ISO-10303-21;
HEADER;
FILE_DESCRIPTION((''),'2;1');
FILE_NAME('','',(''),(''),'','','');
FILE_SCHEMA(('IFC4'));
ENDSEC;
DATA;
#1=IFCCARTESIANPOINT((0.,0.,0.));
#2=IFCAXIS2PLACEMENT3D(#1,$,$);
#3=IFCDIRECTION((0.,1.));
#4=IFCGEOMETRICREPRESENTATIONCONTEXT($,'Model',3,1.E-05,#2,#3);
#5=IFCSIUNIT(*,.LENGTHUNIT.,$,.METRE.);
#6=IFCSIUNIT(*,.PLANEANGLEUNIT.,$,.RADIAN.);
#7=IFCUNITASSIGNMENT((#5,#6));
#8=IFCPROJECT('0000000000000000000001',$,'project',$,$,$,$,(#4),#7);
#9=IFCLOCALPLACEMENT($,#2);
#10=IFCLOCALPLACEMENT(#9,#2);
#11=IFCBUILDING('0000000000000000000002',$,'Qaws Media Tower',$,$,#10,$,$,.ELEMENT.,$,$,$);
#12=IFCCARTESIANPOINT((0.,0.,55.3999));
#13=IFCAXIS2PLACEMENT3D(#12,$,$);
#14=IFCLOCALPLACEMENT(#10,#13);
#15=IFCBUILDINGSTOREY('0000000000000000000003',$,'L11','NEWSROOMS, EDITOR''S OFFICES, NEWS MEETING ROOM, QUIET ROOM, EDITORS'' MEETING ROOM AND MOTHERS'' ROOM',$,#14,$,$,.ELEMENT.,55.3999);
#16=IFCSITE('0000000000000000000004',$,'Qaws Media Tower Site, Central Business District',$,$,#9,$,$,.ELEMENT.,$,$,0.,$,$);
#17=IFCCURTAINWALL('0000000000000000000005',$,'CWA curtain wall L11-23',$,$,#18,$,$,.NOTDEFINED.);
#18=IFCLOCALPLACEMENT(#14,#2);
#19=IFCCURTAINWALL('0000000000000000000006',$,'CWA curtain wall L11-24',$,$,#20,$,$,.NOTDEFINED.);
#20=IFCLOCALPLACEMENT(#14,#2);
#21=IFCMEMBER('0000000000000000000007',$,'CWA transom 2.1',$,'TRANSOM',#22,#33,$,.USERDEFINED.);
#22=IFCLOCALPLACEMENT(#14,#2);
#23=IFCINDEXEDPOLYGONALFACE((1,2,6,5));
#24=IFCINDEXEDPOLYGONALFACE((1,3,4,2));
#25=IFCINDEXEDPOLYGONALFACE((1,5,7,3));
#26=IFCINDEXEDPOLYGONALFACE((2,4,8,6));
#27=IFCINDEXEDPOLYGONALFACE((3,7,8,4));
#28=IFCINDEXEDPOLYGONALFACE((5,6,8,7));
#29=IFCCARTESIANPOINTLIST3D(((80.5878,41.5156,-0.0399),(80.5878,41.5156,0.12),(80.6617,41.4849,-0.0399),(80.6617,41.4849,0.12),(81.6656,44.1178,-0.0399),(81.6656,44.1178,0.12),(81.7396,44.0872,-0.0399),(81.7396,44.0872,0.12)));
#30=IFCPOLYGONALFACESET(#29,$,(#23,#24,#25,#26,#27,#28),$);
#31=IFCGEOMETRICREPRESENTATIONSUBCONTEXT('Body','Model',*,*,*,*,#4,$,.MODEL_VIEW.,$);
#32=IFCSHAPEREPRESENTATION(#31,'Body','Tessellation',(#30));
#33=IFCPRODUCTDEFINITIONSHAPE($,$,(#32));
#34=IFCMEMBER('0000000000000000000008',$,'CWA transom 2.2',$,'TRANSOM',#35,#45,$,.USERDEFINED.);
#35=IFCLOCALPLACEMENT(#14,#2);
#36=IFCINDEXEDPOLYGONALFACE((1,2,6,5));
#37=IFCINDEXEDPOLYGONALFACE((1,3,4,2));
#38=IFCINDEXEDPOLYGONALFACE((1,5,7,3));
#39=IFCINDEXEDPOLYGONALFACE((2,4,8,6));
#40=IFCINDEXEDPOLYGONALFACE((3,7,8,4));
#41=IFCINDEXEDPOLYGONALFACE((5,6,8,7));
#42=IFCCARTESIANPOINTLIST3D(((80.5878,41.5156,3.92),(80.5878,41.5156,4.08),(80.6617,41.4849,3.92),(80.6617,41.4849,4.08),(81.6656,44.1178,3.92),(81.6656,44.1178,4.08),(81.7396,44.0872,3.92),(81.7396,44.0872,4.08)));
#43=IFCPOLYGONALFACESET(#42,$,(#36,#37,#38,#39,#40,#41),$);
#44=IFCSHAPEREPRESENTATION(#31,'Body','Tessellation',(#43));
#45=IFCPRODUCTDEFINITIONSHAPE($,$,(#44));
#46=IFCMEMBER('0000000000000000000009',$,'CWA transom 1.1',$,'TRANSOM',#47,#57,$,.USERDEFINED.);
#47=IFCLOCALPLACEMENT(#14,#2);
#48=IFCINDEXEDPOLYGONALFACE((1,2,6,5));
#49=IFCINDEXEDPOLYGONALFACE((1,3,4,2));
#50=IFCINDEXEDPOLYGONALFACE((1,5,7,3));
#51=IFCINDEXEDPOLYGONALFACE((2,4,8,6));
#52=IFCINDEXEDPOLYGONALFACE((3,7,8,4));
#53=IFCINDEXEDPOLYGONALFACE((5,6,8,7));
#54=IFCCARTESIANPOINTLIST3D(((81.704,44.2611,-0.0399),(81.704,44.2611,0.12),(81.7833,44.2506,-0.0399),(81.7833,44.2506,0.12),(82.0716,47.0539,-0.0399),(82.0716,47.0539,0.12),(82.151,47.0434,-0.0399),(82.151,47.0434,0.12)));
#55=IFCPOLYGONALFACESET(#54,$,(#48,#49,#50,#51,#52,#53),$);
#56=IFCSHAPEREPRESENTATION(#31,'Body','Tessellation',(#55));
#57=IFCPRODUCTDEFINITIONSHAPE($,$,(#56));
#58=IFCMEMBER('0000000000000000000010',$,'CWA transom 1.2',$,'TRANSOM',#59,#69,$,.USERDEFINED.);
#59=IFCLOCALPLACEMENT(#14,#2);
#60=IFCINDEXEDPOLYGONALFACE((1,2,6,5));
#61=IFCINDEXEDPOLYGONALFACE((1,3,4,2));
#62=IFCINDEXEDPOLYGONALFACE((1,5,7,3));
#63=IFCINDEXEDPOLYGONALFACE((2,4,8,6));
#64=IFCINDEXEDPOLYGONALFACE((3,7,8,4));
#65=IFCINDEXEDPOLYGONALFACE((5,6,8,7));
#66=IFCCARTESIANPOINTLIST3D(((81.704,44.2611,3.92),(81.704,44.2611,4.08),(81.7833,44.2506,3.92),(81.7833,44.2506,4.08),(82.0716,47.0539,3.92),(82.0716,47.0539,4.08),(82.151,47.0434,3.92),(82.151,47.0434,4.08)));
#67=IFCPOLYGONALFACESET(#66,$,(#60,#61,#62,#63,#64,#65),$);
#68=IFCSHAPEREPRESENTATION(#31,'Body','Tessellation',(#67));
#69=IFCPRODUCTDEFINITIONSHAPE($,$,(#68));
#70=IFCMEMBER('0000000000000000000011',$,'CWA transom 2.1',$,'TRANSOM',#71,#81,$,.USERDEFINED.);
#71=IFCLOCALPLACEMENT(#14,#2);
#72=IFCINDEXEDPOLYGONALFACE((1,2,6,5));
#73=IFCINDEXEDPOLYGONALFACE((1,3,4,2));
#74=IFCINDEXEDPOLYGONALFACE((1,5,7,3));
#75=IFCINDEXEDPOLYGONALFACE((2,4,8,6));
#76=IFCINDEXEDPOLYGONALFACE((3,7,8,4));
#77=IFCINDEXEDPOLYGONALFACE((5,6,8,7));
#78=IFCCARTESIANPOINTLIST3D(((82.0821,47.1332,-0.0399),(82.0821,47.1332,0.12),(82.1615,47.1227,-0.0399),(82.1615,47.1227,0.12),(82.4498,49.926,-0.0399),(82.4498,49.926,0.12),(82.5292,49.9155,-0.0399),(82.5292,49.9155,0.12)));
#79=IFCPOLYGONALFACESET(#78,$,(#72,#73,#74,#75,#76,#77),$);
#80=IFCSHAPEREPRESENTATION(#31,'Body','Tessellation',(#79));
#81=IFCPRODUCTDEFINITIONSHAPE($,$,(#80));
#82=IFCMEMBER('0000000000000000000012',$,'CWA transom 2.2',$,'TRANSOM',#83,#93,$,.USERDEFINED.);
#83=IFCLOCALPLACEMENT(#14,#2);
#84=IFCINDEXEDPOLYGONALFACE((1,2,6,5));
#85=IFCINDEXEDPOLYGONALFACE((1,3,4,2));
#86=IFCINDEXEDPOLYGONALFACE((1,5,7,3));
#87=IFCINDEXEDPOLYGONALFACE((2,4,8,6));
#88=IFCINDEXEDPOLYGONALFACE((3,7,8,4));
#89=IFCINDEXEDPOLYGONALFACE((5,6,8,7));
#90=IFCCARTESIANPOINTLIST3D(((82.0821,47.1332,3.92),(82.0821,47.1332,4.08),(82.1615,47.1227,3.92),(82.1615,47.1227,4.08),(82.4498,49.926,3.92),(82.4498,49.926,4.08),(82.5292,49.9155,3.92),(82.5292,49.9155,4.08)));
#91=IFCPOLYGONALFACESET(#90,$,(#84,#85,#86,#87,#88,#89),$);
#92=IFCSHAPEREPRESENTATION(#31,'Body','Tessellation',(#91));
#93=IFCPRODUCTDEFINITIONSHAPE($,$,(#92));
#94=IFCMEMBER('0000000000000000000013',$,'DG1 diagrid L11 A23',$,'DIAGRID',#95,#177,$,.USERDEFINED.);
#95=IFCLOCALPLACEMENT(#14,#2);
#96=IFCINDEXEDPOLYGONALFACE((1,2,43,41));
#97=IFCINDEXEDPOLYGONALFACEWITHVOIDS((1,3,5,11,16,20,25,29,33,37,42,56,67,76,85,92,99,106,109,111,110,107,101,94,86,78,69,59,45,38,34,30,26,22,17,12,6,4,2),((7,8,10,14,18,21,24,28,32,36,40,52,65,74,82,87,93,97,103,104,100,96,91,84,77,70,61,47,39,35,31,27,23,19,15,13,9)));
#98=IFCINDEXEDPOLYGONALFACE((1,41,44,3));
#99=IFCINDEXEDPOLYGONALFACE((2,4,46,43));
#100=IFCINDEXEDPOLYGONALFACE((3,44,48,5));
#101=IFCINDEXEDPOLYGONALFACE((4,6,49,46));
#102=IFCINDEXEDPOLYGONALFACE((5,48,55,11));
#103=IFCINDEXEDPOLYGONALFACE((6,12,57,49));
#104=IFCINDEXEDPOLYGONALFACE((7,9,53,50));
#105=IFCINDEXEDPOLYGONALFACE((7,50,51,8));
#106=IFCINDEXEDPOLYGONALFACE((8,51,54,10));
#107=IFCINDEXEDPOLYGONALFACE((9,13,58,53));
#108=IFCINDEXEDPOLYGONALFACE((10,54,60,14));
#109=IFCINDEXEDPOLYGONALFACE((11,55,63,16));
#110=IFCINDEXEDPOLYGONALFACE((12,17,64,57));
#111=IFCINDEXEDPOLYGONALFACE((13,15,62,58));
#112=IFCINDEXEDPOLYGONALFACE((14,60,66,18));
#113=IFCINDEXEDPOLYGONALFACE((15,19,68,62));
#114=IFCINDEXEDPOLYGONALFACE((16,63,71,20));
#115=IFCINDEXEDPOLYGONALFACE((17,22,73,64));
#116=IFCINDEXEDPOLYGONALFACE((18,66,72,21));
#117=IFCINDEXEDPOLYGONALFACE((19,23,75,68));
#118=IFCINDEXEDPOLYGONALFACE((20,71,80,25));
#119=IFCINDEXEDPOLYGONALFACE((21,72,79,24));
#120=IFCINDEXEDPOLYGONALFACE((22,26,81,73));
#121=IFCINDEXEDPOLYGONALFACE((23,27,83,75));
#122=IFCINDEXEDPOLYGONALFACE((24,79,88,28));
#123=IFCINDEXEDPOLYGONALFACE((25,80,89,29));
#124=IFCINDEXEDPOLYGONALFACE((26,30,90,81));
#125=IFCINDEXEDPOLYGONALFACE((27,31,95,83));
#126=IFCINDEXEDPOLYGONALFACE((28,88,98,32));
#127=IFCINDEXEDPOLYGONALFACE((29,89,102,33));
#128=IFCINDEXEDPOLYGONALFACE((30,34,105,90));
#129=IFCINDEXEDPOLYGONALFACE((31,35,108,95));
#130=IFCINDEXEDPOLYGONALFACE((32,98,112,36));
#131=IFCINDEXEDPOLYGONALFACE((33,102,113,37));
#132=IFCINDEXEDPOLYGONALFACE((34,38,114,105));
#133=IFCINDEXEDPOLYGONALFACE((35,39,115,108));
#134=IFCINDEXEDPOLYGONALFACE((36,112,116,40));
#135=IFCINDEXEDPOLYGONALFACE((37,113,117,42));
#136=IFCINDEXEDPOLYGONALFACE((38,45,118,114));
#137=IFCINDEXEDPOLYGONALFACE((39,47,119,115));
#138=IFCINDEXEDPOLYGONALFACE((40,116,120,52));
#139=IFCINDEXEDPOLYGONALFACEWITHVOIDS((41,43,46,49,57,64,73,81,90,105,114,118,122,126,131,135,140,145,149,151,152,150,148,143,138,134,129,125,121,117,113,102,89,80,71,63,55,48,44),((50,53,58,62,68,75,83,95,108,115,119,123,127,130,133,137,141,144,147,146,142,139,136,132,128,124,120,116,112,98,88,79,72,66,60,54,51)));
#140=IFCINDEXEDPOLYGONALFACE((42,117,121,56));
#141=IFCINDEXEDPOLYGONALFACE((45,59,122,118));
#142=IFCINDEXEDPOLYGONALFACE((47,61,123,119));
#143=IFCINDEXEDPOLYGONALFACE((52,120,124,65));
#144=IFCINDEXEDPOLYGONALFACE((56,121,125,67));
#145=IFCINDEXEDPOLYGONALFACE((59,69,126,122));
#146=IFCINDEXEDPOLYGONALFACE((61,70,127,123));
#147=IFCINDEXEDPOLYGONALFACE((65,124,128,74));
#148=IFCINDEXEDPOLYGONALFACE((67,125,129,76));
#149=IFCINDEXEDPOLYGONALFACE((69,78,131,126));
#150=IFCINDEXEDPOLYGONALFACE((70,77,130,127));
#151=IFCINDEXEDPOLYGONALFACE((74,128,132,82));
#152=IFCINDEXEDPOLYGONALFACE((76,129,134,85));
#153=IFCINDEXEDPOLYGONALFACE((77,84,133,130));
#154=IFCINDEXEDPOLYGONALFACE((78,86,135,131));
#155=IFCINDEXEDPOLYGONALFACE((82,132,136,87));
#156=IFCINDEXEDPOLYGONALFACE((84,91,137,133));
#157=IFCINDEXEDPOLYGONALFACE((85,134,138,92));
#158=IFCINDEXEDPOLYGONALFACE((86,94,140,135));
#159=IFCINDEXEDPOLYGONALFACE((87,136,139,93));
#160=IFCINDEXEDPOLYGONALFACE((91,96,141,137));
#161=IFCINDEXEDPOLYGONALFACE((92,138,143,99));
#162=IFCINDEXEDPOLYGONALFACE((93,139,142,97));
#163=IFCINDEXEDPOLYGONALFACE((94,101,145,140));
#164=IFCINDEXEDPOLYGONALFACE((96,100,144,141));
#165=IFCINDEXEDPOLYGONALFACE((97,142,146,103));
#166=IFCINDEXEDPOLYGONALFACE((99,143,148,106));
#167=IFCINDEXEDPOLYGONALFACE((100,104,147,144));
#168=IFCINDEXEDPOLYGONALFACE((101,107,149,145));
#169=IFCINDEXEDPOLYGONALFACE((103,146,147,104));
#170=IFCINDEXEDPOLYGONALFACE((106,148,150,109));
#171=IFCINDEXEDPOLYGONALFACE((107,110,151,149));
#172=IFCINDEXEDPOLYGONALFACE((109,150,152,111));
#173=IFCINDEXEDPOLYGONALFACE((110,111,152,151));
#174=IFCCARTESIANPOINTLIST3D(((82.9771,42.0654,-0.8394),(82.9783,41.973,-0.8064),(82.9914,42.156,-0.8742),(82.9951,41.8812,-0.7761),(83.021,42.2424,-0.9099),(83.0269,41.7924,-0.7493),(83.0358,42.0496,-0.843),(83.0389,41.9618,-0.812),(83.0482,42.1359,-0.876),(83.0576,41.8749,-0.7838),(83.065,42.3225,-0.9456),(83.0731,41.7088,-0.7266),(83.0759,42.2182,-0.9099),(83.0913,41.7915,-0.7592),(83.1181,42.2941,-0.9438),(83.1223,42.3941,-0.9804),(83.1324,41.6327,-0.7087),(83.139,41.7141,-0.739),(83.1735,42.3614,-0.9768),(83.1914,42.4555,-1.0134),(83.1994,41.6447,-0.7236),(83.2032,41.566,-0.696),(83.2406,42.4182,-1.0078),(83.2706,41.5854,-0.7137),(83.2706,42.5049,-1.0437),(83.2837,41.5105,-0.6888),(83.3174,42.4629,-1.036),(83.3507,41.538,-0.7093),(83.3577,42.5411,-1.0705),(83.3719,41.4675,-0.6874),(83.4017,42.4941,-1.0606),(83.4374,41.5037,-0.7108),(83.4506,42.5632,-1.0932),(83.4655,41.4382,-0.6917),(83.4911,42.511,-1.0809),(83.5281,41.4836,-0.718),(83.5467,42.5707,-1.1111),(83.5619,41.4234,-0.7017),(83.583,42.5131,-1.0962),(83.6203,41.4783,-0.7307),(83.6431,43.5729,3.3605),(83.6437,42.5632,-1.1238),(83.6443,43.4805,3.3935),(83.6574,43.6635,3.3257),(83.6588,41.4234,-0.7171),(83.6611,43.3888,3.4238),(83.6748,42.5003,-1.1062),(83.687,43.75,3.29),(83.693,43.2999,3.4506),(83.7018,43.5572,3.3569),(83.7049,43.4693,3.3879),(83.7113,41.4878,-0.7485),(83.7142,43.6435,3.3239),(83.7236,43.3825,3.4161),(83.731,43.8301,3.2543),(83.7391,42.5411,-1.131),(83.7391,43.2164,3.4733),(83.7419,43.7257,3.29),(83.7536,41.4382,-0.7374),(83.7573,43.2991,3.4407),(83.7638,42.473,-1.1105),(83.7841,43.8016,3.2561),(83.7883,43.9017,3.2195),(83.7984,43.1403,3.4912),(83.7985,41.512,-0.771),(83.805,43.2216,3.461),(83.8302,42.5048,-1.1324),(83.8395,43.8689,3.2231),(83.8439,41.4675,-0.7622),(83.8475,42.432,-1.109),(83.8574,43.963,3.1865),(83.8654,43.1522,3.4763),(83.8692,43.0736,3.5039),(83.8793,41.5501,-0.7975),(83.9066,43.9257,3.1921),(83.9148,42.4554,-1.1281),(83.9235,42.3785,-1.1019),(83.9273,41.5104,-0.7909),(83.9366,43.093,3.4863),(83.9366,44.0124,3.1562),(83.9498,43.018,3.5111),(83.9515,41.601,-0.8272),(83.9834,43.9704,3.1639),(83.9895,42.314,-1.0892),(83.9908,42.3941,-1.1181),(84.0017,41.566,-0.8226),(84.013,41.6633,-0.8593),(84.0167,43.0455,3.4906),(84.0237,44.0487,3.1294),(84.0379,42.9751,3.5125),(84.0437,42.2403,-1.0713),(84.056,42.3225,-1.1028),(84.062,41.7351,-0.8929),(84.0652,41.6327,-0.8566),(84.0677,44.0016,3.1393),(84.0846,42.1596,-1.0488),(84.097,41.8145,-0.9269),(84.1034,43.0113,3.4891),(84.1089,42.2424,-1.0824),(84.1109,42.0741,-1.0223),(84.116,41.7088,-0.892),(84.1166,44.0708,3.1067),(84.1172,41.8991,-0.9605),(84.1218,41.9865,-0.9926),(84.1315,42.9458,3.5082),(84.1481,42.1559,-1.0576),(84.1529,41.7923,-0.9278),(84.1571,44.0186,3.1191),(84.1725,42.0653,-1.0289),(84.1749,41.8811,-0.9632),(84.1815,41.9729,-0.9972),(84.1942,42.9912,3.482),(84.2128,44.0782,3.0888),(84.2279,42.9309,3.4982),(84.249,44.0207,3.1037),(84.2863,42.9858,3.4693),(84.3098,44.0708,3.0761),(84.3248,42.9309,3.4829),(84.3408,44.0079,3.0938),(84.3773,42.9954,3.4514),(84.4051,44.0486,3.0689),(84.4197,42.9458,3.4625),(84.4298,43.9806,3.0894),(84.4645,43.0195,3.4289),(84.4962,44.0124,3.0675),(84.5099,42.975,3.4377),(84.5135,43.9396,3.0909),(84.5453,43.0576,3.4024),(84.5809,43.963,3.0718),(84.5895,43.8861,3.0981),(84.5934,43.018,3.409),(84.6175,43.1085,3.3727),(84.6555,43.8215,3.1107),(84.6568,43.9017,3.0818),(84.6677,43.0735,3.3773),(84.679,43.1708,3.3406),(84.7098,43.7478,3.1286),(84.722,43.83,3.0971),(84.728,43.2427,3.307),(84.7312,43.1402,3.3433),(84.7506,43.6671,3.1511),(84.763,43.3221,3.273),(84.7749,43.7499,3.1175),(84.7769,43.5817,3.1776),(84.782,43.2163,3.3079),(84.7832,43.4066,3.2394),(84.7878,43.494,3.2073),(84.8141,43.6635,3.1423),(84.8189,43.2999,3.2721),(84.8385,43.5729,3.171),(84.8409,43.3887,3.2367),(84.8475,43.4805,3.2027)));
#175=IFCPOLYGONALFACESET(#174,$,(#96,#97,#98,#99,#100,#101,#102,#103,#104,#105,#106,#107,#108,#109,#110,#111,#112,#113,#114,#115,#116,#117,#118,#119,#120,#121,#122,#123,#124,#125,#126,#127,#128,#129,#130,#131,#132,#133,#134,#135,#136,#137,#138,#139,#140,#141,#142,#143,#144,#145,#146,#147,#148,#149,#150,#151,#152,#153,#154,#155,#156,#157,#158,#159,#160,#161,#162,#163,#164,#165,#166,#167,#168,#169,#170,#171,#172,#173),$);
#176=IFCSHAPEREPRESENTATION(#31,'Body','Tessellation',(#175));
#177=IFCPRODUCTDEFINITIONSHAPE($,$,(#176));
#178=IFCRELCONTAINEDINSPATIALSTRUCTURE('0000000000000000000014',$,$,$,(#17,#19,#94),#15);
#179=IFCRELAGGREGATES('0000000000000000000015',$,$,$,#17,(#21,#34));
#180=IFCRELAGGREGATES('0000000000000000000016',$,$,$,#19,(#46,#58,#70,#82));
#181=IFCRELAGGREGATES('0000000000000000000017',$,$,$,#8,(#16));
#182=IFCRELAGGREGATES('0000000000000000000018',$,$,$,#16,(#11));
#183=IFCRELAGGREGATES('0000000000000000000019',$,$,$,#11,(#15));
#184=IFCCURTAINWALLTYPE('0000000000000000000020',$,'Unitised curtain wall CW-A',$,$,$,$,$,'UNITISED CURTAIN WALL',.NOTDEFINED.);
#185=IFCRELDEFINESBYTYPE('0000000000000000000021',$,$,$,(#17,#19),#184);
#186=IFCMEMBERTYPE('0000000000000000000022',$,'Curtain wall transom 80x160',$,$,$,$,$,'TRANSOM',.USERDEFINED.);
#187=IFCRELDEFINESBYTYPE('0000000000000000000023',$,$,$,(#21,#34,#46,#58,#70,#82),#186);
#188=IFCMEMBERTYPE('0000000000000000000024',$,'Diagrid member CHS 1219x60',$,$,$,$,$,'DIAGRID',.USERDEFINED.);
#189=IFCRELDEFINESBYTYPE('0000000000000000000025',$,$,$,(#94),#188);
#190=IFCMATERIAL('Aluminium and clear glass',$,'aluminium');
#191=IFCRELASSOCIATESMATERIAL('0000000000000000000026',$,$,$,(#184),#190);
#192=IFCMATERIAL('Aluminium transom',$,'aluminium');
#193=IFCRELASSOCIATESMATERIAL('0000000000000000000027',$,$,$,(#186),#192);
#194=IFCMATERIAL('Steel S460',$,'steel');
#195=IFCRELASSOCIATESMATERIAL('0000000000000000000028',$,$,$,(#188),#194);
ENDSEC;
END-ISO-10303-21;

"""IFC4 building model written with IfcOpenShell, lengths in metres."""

from ifc_helpers import new_model, si_unit, direction, frame, origin, origin_2d, place, context, subcontext, project, spatial, rectangle, hollow_circle, extrude, material, material_profile, profile_set, type_object, element, aggregate, save


model = new_model("IFC4")

# Units and contexts
model_context = context("Model", 3, precision=1e-05, world=origin(), true_north=direction((0.0, 1.0)))
body_context = subcontext(model_context, "Body", "Model", "MODEL_VIEW")
ifc_project = project(units=[si_unit("LENGTHUNIT", "METRE"), si_unit("PLANEANGLEUNIT", "RADIAN")], contexts=[model_context])

# Site, building, storey
site_placement = place(None, origin())
site = spatial("IfcSite", under=ifc_project, at=site_placement, Name="Qaws Media Tower Site, Central Business District", CompositionType="ELEMENT", RefElevation=0.0)
building_placement = place(site_placement, origin())
building = spatial("IfcBuilding", under=site, at=building_placement, Name="Qaws Media Tower", CompositionType="ELEMENT")
storey_placement = place(building_placement, frame((0.0, 0.0, 55.3999)))
storey = spatial("IfcBuildingStorey", under=building, at=storey_placement, Name="L11", Description="NEWSROOMS, EDITOR'S OFFICES, NEWS MEETING ROOM, QUIET ROOM, EDITORS' MEETING ROOM AND MOTHERS' ROOM", CompositionType="ELEMENT", Elevation=55.3999)

# Curtain walls
ifc_material_1 = material(Name="Aluminium and clear glass", Category="aluminium")
curtain_wall_type = type_object("IfcCurtainWallType", Name="Unitised curtain wall CW-A", ElementType="UNITISED CURTAIN WALL", PredefinedType="NOTDEFINED", material=ifc_material_1)
curtain_wall_1_placement = place(storey_placement, origin())
curtain_wall_1 = element("IfcCurtainWall", 1, at=curtain_wall_1_placement, inside=storey, type_object=curtain_wall_type, Name="CWA curtain wall L11-23", PredefinedType="NOTDEFINED")
curtain_wall_2_placement = place(storey_placement, origin())
curtain_wall_2 = element("IfcCurtainWall", 2, at=curtain_wall_2_placement, inside=storey, type_object=curtain_wall_type, Name="CWA curtain wall L11-24", PredefinedType="NOTDEFINED")

# Members
ifc_material_2 = material(Name="Aluminium transom", Category="aluminium")
ifc_material_profile_1 = material_profile(ifc_material_2, rectangle(XDim=0.0801, YDim=0.1599, at=origin_2d()), Name="80x160")
ifc_profile_set_1 = profile_set([ifc_material_profile_1], Name="Aluminium transom")
member_type_1 = type_object("IfcMemberType", Name="Curtain wall transom 80x160", ElementType="TRANSOM", PredefinedType="USERDEFINED", material=ifc_profile_set_1)
member_1_placement = place(storey_placement, frame((80.6248, 41.5002, 0.04), z_axis=(0.382676, 0.923883, 0.0), x_axis=(-0.923883, 0.382676, 0.0)))
member_1 = element("IfcMember", 3, at=member_1_placement, type_object=member_type_1, Name="CWA transom 2.1", ObjectType="TRANSOM", PredefinedType="USERDEFINED", context=body_context, shape_type="SweptSolid", body=[
    extrude(rectangle(XDim=0.0801, YDim=0.1599, at=origin_2d()), origin(), (0.0, 0.0, 1.0), 2.8167),
])
member_2_placement = place(storey_placement, frame((80.6248, 41.5002, 4.0), z_axis=(0.382676, 0.923883, 0.0), x_axis=(-0.923883, 0.382676, 0.0)))
member_2 = element("IfcMember", 4, at=member_2_placement, type_object=member_type_1, Name="CWA transom 2.2", ObjectType="TRANSOM", PredefinedType="USERDEFINED", context=body_context, shape_type="SweptSolid", body=[
    extrude(rectangle(XDim=0.0801, YDim=0.1599, at=origin_2d()), origin(), (0.0, 0.0, 1.0), 2.8167),
])
member_3_placement = place(storey_placement, frame((81.7437, 44.2559, 0.04), z_axis=(0.130528, 0.991445, 0.0), x_axis=(-0.991445, 0.130528, 0.0)))
member_3 = element("IfcMember", 5, at=member_3_placement, type_object=member_type_1, Name="CWA transom 1.1", ObjectType="TRANSOM", PredefinedType="USERDEFINED", context=body_context, shape_type="SweptSolid", body=[
    extrude(rectangle(XDim=0.0801, YDim=0.1599, at=origin_2d()), origin(), (0.0, 0.0, 1.0), 2.8169),
])
member_4_placement = place(storey_placement, frame((81.7437, 44.2559, 4.0), z_axis=(0.130528, 0.991445, 0.0), x_axis=(-0.991445, 0.130528, 0.0)))
member_4 = element("IfcMember", 6, at=member_4_placement, type_object=member_type_1, Name="CWA transom 1.2", ObjectType="TRANSOM", PredefinedType="USERDEFINED", context=body_context, shape_type="SweptSolid", body=[
    extrude(rectangle(XDim=0.0801, YDim=0.1599, at=origin_2d()), origin(), (0.0, 0.0, 1.0), 2.8169),
])
member_5_placement = place(storey_placement, frame((82.1218, 47.1279, 0.04), z_axis=(0.130528, 0.991445, 0.0), x_axis=(-0.991445, 0.130528, 0.0)))
member_5 = element("IfcMember", 7, at=member_5_placement, type_object=member_type_1, Name="CWA transom 2.1", ObjectType="TRANSOM", PredefinedType="USERDEFINED", context=body_context, shape_type="SweptSolid", body=[
    extrude(rectangle(XDim=0.0801, YDim=0.1599, at=origin_2d()), origin(), (0.0, 0.0, 1.0), 2.8169),
])
member_6_placement = place(storey_placement, frame((82.1218, 47.1279, 4.0), z_axis=(0.130528, 0.991445, 0.0), x_axis=(-0.991445, 0.130528, 0.0)))
member_6 = element("IfcMember", 8, at=member_6_placement, type_object=member_type_1, Name="CWA transom 2.2", ObjectType="TRANSOM", PredefinedType="USERDEFINED", context=body_context, shape_type="SweptSolid", body=[
    extrude(rectangle(XDim=0.0801, YDim=0.1599, at=origin_2d()), origin(), (0.0, 0.0, 1.0), 2.8169),
])

# Member
ifc_material_3 = material(Name="Steel S460", Category="steel")
ifc_material_profile_2 = material_profile(ifc_material_3, hollow_circle(Radius=0.6096, WallThickness=0.0601, at=origin_2d()), Name="CHS 1219x60")
ifc_profile_set_2 = profile_set([ifc_material_profile_2], Name="Steel S460")
member_type_2 = type_object("IfcMemberType", Name="Diagrid member CHS 1219x60", ElementType="DIAGRID", PredefinedType="USERDEFINED", material=ifc_profile_set_2)
for number, where, z_axis, x_axis, name in (
    (9, (83.5786, 41.9961, -0.9099), (0.147618, 0.334142, 0.930891), (-0.914713, 0.404103, 0.0), "DG1 diagrid L11 A23"),
):
    element("IfcMember", number, at=place(storey_placement, frame(where, z_axis=z_axis, x_axis=x_axis)), inside=storey, type_object=member_type_2, Name=name, ObjectType="DIAGRID", PredefinedType="USERDEFINED", context=body_context, shape_type="SweptSolid", body=[
        extrude(hollow_circle(Radius=0.6096, WallThickness=0.0601, at=origin_2d()), origin(), (0.0, 0.0, 1.0), 4.5117),
    ])

aggregate(curtain_wall_1, [member_1, member_2])
aggregate(curtain_wall_2, [member_3, member_4, member_5, member_6])

save(model, "model.ifc")
